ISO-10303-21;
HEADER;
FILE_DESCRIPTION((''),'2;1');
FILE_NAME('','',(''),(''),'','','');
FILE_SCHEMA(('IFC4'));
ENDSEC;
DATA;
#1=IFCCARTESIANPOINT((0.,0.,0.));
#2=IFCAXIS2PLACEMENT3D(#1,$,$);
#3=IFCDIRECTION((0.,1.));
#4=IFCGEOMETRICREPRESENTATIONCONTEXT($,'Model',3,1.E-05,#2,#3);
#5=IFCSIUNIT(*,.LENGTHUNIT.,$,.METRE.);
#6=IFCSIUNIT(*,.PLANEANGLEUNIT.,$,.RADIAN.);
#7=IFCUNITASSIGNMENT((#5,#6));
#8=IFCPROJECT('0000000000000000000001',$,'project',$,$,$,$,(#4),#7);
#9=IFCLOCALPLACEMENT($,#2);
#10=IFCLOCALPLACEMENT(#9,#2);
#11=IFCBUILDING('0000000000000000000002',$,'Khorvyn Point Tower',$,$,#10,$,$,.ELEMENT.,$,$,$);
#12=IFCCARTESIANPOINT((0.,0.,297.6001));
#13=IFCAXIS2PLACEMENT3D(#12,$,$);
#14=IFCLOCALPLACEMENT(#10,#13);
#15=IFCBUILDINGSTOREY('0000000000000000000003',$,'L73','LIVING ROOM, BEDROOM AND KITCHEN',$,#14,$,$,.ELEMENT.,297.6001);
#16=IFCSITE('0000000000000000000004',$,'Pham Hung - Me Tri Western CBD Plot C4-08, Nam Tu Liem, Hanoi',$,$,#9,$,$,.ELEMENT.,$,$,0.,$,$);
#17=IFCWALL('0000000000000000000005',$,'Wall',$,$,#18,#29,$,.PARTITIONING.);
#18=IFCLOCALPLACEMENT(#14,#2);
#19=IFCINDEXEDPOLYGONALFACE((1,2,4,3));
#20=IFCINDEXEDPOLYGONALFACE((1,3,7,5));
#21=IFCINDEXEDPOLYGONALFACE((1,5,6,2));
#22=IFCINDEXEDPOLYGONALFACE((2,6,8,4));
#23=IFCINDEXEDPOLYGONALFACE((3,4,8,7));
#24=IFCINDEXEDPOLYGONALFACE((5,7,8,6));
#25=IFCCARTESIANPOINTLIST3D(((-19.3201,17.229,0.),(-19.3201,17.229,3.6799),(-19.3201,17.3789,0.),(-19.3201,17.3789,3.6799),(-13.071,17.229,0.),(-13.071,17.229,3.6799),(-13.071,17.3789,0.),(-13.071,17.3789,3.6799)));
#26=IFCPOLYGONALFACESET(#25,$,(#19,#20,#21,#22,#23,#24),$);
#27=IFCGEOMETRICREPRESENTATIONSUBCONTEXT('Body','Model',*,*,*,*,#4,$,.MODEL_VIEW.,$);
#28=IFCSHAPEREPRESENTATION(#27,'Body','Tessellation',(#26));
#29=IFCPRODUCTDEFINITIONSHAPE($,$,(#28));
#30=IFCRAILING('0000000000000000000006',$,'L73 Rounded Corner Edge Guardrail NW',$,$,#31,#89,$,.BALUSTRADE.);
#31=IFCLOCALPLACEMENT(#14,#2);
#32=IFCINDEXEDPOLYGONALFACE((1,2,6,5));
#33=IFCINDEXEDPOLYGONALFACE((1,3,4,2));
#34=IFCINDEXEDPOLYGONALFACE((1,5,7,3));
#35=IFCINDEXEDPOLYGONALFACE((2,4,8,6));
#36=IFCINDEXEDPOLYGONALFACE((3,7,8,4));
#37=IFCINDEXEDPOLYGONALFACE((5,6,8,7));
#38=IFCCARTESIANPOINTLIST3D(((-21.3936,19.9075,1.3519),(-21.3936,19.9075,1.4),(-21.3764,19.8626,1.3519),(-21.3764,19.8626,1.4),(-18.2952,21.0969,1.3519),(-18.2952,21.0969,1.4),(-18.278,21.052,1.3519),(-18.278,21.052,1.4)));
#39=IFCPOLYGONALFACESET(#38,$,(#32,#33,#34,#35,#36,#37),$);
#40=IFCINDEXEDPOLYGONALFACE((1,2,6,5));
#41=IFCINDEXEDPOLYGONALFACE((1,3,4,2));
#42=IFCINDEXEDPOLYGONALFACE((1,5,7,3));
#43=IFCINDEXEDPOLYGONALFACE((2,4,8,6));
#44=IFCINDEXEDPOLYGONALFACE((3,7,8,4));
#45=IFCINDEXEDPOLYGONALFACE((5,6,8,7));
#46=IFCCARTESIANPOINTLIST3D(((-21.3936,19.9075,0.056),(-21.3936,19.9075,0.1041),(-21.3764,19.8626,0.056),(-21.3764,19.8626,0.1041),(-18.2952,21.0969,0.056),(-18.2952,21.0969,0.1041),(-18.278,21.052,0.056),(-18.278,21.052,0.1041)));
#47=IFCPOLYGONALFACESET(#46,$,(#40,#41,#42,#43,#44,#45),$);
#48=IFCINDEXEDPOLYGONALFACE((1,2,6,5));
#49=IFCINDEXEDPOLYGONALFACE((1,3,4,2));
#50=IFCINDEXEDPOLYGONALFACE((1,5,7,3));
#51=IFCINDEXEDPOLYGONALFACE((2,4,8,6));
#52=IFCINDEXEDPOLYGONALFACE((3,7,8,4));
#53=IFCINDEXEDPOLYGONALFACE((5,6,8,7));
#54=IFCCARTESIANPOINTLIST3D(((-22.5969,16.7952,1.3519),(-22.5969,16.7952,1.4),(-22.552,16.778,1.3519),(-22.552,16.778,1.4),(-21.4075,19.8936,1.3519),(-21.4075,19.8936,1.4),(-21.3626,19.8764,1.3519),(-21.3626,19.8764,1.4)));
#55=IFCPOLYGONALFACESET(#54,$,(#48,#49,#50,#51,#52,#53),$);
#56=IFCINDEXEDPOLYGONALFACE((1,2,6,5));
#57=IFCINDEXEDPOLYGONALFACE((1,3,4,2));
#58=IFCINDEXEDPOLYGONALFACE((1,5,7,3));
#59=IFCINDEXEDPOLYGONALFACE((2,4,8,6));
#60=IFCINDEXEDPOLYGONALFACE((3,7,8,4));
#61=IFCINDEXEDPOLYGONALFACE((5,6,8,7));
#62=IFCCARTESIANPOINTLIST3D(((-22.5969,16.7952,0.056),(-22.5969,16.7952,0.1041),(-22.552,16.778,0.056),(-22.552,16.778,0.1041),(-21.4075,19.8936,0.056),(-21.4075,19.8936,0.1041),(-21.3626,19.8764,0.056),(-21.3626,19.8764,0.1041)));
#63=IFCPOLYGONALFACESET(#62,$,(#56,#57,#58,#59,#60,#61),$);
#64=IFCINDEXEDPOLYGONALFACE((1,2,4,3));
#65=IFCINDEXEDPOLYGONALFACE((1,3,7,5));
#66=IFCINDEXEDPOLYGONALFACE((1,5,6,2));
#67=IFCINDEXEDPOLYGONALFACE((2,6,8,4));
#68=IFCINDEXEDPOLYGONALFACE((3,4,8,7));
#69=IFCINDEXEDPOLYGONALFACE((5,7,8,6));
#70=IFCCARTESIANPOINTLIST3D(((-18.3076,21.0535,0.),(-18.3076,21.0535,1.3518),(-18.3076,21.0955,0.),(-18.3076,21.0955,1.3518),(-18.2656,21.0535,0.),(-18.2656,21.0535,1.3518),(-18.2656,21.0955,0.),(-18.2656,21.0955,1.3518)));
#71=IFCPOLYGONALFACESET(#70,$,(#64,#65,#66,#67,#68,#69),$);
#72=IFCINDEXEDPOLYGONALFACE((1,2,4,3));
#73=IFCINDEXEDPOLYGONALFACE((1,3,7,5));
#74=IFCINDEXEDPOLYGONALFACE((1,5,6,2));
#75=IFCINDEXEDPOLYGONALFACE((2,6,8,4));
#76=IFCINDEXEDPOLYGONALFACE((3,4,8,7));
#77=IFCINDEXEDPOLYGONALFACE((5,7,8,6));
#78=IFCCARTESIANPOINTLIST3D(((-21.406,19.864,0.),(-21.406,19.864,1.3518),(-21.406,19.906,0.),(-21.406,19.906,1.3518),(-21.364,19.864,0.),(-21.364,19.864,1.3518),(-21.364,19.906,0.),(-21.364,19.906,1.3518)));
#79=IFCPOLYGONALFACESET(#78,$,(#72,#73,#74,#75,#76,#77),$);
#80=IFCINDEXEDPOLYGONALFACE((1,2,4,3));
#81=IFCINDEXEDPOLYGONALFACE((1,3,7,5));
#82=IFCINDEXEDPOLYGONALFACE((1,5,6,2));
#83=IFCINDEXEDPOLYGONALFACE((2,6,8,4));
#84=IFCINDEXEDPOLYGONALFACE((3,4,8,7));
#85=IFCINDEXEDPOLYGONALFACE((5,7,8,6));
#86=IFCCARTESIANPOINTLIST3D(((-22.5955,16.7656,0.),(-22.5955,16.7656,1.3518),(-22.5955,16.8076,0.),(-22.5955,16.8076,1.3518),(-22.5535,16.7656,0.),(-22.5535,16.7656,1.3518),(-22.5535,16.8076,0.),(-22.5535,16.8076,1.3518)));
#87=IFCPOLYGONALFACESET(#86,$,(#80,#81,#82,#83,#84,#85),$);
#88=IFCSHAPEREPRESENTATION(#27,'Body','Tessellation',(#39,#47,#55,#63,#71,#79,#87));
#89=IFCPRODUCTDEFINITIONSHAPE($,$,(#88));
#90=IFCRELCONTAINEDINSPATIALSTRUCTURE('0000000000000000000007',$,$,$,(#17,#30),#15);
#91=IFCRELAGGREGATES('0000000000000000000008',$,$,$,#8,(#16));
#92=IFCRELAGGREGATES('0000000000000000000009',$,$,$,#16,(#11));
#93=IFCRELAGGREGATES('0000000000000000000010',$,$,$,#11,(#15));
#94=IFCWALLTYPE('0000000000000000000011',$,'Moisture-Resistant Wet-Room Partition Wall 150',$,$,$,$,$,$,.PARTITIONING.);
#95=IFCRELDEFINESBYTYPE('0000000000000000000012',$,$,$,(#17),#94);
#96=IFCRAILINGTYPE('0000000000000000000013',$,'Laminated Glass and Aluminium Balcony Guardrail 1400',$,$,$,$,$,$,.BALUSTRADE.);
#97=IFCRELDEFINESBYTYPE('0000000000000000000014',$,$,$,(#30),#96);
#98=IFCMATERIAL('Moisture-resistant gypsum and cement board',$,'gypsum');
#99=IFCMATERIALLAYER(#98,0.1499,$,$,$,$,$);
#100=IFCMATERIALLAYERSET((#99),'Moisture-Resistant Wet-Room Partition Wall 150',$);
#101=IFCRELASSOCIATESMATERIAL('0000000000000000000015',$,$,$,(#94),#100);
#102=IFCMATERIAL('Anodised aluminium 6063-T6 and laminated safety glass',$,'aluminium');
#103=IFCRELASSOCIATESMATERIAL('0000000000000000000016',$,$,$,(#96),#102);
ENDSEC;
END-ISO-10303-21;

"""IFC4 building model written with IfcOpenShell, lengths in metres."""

from ifc_helpers import new_model, si_unit, direction, frame, frame_2d, origin, origin_2d, place, context, subcontext, project, spatial, rectangle, extrude, material, layer, layer_set, type_object, element, save


model = new_model("IFC4")

# Units and contexts
model_context = context("Model", 3, precision=1e-05, world=origin(), true_north=direction((0.0, 1.0)))
body_context = subcontext(model_context, "Body", "Model", "MODEL_VIEW")
ifc_project = project(units=[si_unit("LENGTHUNIT", "METRE"), si_unit("PLANEANGLEUNIT", "RADIAN")], contexts=[model_context])

# Site, building, storey
site_placement = place(None, origin())
site = spatial("IfcSite", under=ifc_project, at=site_placement, Name="Pham Hung - Me Tri Western CBD Plot C4-08, Nam Tu Liem, Hanoi", CompositionType="ELEMENT", RefElevation=0.0)
building_placement = place(site_placement, origin())
building = spatial("IfcBuilding", under=site, at=building_placement, Name="Khorvyn Point Tower", CompositionType="ELEMENT")
storey_placement = place(building_placement, frame((0.0, 0.0, 297.6001)))
storey = spatial("IfcBuildingStorey", under=building, at=storey_placement, Name="L73", Description="LIVING ROOM, BEDROOM AND KITCHEN", CompositionType="ELEMENT", Elevation=297.6001)

# Wall
ifc_material_1 = material(Name="Moisture-resistant gypsum and cement board", Category="gypsum")
ifc_layer_1 = layer(ifc_material_1, 0.1499)
ifc_layer_set_1 = layer_set([ifc_layer_1], Name="Moisture-Resistant Wet-Room Partition Wall 150")
wall_type_1 = type_object("IfcWallType", Name="Moisture-Resistant Wet-Room Partition Wall 150", PredefinedType="PARTITIONING", material=ifc_layer_set_1)
wall_1_placement = place(storey_placement, frame((-19.3201, 17.304, 0.0), z_axis=(0.0, 0.0, 1.0), x_axis=(1.0, 0.0, 0.0)))
element("IfcWall", 1, at=wall_1_placement, inside=storey, type_object=wall_type_1, Name="Wall", PredefinedType="PARTITIONING", context=body_context, shape_type="SweptSolid", body=[
    extrude(rectangle(XDim=6.249, YDim=0.1499, at=frame_2d((3.1245, 0.0))), origin(), (0.0, 0.0, 1.0), 3.6799),
])

# Railing
ifc_material_2 = material(Name="Anodised aluminium 6063-T6 and laminated safety glass", Category="aluminium")
railing_type = type_object("IfcRailingType", Name="Laminated Glass and Aluminium Balcony Guardrail 1400", PredefinedType="BALUSTRADE", material=ifc_material_2)
railing_placement = place(storey_placement, frame((-18.2866, 21.0745, 0.0)))
element("IfcRailing", 2, at=railing_placement, inside=storey, type_object=railing_type, Name="L73 Rounded Corner Edge Guardrail NW", PredefinedType="BALUSTRADE", context=body_context, shape_type="SweptSolid", body=[
    extrude(rectangle(XDim=0.0481, YDim=0.0481, at=origin_2d()), frame((0.0, 0.0, 1.376), z_axis=(-0.933571, -0.358392, 0.0), x_axis=(0.358392, -0.933571, 0.0)), (0.0, 0.0, 1.0), 3.3188),
    extrude(rectangle(XDim=0.0481, YDim=0.0481, at=origin_2d()), frame((0.0, 0.0, 0.0801), z_axis=(-0.933571, -0.358392, 0.0), x_axis=(0.358392, -0.933571, 0.0)), (0.0, 0.0, 1.0), 3.3188),
    extrude(rectangle(XDim=0.0481, YDim=0.0481, at=origin_2d()), frame((-3.0984, -1.1895, 1.376), z_axis=(-0.358392, -0.933571, 0.0), x_axis=(0.933571, -0.358392, 0.0)), (0.0, 0.0, 1.0), 3.3188),
    extrude(rectangle(XDim=0.0481, YDim=0.0481, at=origin_2d()), frame((-3.0984, -1.1895, 0.0801), z_axis=(-0.358392, -0.933571, 0.0), x_axis=(0.933571, -0.358392, 0.0)), (0.0, 0.0, 1.0), 3.3188),
    extrude(rectangle(XDim=0.042, YDim=0.042, at=origin_2d()), origin(), (0.0, 0.0, 1.0), 1.3518),
    extrude(rectangle(XDim=0.042, YDim=0.042, at=origin_2d()), frame((-3.0984, -1.1895, 0.0)), (0.0, 0.0, 1.0), 1.3518),
    extrude(rectangle(XDim=0.042, YDim=0.042, at=origin_2d()), frame((-4.2878, -4.2878, 0.0)), (0.0, 0.0, 1.0), 1.3518),
])

save(model, "model.ifc")
